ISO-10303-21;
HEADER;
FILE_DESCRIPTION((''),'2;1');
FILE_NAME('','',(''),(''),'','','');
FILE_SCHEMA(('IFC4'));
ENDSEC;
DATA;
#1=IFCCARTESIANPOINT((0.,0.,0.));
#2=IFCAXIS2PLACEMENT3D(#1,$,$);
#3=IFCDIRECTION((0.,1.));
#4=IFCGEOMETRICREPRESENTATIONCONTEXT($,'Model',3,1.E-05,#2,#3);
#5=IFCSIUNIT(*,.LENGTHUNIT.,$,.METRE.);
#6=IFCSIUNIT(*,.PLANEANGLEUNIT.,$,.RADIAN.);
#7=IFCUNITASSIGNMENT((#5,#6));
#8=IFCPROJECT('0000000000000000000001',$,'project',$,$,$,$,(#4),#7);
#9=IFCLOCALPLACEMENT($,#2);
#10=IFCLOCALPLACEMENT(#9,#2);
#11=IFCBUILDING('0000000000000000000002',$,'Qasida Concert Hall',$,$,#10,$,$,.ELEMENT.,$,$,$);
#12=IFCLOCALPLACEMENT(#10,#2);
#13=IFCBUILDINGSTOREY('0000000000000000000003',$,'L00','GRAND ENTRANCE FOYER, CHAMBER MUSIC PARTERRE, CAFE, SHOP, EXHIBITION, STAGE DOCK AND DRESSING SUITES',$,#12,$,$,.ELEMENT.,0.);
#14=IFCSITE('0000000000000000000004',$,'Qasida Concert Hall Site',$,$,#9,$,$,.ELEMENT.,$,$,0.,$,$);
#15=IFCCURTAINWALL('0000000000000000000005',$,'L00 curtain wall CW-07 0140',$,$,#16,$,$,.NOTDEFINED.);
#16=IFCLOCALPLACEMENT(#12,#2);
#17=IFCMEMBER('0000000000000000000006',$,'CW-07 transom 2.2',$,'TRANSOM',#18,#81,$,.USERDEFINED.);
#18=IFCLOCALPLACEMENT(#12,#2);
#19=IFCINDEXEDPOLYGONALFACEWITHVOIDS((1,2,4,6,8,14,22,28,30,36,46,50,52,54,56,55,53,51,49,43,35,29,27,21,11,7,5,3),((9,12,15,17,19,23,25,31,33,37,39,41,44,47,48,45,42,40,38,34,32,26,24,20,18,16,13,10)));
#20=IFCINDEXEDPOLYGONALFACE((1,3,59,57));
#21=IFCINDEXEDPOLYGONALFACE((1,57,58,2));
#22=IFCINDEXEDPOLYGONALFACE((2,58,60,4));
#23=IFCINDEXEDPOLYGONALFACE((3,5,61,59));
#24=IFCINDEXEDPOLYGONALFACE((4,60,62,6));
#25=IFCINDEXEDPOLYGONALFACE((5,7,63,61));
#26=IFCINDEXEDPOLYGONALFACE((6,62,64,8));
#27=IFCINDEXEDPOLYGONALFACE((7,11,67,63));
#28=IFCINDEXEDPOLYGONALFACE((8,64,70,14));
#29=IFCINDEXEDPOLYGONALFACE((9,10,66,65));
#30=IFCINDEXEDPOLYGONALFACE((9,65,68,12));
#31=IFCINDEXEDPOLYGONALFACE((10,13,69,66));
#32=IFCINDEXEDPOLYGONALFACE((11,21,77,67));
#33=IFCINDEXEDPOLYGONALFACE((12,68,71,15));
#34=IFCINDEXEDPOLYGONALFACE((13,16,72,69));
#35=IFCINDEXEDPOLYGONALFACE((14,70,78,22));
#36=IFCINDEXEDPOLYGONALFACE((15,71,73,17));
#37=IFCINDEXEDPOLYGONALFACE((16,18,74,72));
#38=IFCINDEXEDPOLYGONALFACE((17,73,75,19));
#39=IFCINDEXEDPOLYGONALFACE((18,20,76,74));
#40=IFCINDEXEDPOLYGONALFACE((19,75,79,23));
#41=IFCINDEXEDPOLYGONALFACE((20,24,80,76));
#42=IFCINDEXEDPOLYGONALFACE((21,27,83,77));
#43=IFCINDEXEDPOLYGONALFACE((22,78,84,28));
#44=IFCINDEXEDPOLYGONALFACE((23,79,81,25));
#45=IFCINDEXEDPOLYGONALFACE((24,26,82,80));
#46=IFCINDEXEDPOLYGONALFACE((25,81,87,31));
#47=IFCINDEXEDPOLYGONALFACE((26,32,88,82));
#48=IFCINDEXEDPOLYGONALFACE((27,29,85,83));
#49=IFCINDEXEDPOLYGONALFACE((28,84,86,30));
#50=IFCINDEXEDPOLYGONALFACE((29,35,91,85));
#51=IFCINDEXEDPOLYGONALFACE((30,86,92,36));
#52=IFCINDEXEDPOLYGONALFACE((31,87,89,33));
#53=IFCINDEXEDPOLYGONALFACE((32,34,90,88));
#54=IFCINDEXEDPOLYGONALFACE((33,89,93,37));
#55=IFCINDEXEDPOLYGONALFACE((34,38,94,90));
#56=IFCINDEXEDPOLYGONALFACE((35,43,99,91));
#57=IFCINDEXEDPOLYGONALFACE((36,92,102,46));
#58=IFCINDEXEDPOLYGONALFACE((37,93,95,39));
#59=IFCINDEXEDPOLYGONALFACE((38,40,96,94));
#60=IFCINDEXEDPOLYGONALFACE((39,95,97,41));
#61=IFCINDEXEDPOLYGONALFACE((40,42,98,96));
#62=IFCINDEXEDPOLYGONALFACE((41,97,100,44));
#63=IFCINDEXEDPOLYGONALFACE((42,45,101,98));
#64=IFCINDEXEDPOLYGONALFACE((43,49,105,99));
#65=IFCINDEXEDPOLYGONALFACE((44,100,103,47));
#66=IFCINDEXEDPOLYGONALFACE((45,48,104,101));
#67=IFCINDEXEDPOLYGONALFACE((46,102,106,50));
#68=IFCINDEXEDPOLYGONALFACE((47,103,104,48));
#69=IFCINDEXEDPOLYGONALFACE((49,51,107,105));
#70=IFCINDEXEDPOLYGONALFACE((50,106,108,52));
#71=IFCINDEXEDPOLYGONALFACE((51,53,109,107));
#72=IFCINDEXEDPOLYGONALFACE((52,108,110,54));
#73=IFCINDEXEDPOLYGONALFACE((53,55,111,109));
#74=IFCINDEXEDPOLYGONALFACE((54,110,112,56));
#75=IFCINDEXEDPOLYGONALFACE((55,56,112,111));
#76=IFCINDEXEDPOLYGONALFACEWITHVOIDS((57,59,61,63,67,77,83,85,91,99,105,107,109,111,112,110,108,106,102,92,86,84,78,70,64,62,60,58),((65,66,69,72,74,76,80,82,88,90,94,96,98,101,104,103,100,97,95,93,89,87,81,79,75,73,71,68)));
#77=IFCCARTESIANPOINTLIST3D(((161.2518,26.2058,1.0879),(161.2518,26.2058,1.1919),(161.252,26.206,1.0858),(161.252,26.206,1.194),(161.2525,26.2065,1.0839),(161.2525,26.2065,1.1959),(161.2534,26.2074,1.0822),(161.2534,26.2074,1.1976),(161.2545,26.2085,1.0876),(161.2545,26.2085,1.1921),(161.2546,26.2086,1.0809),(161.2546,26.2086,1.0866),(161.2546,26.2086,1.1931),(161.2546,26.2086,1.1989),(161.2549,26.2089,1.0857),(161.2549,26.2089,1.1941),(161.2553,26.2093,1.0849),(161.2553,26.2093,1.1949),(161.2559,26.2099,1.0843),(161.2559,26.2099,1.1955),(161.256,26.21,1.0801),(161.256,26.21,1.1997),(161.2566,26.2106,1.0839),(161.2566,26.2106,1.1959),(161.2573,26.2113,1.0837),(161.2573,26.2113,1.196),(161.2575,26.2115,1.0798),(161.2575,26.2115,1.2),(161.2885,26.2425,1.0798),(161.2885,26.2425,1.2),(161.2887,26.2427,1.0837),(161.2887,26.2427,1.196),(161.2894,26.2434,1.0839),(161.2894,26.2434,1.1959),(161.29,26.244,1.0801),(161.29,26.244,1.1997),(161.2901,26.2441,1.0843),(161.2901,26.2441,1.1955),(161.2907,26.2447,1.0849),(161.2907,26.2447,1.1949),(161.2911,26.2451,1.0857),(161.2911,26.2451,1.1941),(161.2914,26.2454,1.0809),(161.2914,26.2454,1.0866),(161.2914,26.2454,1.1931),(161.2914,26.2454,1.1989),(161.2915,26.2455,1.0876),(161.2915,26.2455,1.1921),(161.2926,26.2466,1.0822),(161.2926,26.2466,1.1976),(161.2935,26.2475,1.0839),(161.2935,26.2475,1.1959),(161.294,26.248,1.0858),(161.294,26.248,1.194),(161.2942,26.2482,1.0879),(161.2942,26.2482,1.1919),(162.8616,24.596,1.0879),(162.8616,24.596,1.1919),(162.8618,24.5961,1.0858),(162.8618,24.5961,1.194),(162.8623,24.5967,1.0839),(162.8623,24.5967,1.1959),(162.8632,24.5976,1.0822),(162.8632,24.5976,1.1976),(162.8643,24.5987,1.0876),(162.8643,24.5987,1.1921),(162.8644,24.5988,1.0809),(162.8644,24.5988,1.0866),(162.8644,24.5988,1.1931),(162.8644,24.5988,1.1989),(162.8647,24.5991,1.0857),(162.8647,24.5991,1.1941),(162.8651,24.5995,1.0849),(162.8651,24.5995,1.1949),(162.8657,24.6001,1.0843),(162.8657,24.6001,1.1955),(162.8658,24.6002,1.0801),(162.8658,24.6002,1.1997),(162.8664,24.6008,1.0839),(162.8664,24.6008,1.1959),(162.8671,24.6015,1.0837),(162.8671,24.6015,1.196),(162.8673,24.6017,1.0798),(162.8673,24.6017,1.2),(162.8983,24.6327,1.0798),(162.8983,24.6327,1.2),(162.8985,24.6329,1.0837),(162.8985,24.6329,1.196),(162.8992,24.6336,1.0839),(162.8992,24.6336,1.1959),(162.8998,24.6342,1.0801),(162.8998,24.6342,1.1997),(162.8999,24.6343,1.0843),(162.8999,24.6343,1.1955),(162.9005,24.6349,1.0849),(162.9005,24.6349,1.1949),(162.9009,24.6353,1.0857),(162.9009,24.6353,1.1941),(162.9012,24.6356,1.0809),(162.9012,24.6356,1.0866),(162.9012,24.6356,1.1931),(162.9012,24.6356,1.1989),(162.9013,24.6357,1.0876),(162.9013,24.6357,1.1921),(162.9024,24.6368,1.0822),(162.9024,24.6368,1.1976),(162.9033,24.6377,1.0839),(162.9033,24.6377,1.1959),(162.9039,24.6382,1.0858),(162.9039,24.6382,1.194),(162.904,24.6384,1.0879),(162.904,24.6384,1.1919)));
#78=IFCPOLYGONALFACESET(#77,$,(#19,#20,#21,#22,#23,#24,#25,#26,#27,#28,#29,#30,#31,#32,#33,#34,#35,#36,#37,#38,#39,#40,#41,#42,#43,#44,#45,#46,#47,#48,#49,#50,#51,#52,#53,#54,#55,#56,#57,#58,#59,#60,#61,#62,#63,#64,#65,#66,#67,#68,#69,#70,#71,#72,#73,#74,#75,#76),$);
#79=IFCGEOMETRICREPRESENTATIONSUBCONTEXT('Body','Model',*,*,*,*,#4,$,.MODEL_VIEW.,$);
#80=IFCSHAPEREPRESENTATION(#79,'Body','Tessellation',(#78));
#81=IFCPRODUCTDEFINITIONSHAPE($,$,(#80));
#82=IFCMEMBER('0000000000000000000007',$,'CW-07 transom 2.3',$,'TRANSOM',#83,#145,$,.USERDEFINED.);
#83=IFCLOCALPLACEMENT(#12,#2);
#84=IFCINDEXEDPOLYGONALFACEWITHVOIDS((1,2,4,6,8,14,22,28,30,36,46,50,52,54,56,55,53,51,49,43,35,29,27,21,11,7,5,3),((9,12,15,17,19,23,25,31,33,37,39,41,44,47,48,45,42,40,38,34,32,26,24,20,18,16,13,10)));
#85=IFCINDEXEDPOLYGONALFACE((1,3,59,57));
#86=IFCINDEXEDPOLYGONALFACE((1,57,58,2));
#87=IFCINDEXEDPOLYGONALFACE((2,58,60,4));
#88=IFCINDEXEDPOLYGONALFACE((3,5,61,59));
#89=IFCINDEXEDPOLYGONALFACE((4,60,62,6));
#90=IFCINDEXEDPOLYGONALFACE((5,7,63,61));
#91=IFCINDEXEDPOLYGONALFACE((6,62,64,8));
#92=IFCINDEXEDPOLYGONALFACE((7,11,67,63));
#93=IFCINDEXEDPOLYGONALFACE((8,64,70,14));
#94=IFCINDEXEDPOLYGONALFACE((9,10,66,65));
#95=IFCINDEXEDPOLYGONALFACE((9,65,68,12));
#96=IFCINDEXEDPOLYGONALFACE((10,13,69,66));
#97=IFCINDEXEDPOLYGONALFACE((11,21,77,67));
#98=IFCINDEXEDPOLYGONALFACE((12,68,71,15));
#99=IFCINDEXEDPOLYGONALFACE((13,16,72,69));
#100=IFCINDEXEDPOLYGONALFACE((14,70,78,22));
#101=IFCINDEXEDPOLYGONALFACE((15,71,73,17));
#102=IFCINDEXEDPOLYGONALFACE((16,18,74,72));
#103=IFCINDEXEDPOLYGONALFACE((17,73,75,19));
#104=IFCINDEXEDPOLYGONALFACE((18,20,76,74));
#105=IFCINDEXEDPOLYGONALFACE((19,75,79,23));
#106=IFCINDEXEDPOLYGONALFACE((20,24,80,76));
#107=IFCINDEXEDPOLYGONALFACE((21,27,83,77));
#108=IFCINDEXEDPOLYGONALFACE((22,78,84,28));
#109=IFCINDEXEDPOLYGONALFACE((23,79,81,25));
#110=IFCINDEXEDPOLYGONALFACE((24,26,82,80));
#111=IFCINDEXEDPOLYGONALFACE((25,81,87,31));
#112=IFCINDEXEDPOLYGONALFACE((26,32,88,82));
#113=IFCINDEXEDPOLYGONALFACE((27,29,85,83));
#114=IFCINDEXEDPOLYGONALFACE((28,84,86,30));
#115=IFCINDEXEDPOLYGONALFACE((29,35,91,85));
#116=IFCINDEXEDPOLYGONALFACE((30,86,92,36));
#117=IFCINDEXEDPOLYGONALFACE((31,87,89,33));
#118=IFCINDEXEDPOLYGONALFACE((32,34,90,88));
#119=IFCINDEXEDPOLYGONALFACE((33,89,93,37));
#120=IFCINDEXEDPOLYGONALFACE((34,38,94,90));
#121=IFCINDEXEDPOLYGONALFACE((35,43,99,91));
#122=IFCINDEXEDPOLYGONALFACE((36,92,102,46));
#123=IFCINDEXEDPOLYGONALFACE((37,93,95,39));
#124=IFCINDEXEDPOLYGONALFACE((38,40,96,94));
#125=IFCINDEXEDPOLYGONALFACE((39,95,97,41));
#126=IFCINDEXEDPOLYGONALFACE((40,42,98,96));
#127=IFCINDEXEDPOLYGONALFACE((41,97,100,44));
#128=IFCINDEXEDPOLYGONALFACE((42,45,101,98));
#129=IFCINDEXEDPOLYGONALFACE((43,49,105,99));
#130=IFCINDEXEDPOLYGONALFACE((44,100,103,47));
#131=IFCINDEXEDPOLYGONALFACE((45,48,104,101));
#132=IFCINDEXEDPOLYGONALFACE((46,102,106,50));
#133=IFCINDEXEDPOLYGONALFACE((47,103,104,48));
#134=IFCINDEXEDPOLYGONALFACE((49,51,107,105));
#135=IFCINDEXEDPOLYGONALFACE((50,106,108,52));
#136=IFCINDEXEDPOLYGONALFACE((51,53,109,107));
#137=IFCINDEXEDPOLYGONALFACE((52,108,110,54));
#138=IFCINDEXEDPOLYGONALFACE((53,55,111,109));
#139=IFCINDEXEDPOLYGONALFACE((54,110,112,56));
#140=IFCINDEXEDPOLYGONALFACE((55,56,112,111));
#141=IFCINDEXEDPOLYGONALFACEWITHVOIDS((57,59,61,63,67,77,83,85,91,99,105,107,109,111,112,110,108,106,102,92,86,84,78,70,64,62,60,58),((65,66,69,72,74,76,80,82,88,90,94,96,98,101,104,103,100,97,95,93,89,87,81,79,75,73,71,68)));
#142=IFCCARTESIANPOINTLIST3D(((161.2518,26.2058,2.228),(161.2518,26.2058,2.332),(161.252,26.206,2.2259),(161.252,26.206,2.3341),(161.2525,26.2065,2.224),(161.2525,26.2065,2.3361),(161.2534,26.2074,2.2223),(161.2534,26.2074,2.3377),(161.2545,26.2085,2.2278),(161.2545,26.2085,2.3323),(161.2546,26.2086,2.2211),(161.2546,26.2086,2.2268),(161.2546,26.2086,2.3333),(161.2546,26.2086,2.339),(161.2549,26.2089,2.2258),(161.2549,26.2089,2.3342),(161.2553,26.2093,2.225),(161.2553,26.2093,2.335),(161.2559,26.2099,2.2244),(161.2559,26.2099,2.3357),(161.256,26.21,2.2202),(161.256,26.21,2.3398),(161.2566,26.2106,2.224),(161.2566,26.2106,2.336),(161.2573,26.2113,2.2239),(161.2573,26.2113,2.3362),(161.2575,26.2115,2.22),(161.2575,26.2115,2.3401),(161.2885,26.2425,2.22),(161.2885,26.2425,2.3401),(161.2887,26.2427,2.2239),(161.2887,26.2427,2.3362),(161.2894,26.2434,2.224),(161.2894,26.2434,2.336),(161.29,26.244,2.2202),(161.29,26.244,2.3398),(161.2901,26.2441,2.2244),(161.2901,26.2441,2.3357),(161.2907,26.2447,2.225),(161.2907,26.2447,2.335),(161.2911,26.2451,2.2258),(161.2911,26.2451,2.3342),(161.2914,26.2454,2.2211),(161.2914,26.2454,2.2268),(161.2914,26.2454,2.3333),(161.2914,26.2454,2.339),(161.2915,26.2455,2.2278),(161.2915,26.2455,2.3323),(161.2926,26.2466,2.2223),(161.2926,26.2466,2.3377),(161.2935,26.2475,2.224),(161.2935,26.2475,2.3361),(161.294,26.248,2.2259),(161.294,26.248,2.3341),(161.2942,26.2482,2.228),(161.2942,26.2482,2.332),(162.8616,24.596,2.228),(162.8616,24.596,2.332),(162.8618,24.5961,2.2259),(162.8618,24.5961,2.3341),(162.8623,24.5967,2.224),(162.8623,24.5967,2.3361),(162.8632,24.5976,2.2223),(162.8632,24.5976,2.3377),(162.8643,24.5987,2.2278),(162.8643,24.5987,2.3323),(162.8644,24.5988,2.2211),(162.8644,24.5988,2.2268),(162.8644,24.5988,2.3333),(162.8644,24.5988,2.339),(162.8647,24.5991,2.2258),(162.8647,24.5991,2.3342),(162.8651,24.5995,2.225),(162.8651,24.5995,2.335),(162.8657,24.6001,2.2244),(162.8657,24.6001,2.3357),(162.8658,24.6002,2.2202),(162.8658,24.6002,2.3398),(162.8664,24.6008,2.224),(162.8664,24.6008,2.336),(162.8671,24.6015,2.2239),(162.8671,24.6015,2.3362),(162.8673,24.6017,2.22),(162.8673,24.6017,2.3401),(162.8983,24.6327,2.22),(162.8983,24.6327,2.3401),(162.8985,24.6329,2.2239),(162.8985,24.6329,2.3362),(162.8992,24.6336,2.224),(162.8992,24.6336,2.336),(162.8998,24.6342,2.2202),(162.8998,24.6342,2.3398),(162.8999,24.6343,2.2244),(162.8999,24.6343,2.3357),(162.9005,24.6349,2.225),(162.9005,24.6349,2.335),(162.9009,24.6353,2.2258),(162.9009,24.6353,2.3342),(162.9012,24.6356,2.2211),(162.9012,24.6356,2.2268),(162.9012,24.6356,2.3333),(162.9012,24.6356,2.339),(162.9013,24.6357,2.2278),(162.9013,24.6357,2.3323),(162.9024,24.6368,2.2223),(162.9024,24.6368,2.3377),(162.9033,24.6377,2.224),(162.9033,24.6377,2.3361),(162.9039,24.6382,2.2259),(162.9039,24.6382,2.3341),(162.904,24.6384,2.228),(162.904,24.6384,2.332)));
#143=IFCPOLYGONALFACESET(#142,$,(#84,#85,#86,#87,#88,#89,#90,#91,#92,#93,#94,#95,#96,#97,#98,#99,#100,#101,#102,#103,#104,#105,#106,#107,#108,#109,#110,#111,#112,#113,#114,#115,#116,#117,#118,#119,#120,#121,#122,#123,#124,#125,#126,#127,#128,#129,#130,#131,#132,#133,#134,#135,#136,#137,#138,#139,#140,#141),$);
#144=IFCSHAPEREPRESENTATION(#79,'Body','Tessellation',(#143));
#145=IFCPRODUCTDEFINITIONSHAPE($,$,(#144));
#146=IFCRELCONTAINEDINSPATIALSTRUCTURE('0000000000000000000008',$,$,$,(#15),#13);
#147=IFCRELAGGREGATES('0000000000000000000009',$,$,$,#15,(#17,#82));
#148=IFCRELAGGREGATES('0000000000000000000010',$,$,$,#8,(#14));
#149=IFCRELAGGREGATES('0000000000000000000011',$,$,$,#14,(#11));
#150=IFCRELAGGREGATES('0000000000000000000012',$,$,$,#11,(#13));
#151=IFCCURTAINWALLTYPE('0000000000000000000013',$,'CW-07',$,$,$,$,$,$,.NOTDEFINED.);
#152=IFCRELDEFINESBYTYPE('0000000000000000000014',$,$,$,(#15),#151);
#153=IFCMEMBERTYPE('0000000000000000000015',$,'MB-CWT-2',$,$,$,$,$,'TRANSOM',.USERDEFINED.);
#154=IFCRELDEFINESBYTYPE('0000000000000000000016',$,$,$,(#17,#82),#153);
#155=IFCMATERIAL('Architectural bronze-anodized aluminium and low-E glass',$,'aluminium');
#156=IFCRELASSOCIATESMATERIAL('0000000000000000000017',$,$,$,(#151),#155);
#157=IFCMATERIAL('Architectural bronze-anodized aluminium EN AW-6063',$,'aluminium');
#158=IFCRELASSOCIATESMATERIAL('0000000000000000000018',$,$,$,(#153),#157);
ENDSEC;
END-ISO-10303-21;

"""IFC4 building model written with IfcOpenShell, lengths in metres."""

from ifc_helpers import new_model, si_unit, direction, frame, origin, origin_2d, place, context, subcontext, project, spatial, hollow_rectangle, extrude, material, material_profile, profile_set, type_object, element, aggregate, save


model = new_model("IFC4")

# Units and contexts
model_context = context("Model", 3, precision=1e-05, world=origin(), true_north=direction((0.0, 1.0)))
body_context = subcontext(model_context, "Body", "Model", "MODEL_VIEW")
ifc_project = project(units=[si_unit("LENGTHUNIT", "METRE"), si_unit("PLANEANGLEUNIT", "RADIAN")], contexts=[model_context])

# Site, building, storey
site_placement = place(None, origin())
site = spatial("IfcSite", under=ifc_project, at=site_placement, Name="Qasida Concert Hall Site", CompositionType="ELEMENT", RefElevation=0.0)
building_placement = place(site_placement, origin())
building = spatial("IfcBuilding", under=site, at=building_placement, Name="Qasida Concert Hall", CompositionType="ELEMENT")
storey_placement = place(building_placement, origin())
storey = spatial("IfcBuildingStorey", under=building, at=storey_placement, Name="L00", Description="GRAND ENTRANCE FOYER, CHAMBER MUSIC PARTERRE, CAFE, SHOP, EXHIBITION, STAGE DOCK AND DRESSING SUITES", CompositionType="ELEMENT", Elevation=0.0)

# Curtain wall, members
ifc_material_1 = material(Name="Architectural bronze-anodized aluminium and low-E glass", Category="aluminium")
curtain_wall_type = type_object("IfcCurtainWallType", Name="CW-07", PredefinedType="NOTDEFINED", material=ifc_material_1)
curtain_wall_placement = place(storey_placement, origin())
curtain_wall = element("IfcCurtainWall", 1, at=curtain_wall_placement, inside=storey, type_object=curtain_wall_type, Name="L00 curtain wall CW-07 0140", PredefinedType="NOTDEFINED")
ifc_material_2 = material(Name="Architectural bronze-anodized aluminium EN AW-6063", Category="aluminium")
ifc_material_profile_1 = material_profile(ifc_material_2, hollow_rectangle(XDim=0.0601, YDim=0.1201, WallThickness=0.0039, InnerFilletRadius=0.0039, OuterFilletRadius=0.0081, at=origin_2d()), Name="CWT 120x60x4")
ifc_profile_set_1 = profile_set([ifc_material_profile_1], Name="Architectural bronze-anodized aluminium EN AW-6063")
member_type_1 = type_object("IfcMemberType", Name="MB-CWT-2", ElementType="TRANSOM", PredefinedType="USERDEFINED", material=ifc_profile_set_1)
member_1_placement = place(storey_placement, frame((162.8828, 24.6172, 1.1399), z_axis=(-0.707107, 0.707107, 0.0), x_axis=(-0.707107, -0.707107, 0.0)))
member_1 = element("IfcMember", 2, at=member_1_placement, type_object=member_type_1, Name="CW-07 transom 2.2", ObjectType="TRANSOM", PredefinedType="USERDEFINED", context=body_context, shape_type="SweptSolid", body=[
    extrude(hollow_rectangle(XDim=0.0601, YDim=0.1201, WallThickness=0.0039, InnerFilletRadius=0.0039, OuterFilletRadius=0.0081, at=origin_2d()), origin(), (0.0, 0.0, 1.0), 2.2766),
])
member_2_placement = place(storey_placement, frame((162.8828, 24.6172, 2.28), z_axis=(-0.707107, 0.707107, 0.0), x_axis=(-0.707107, -0.707107, 0.0)))
member_2 = element("IfcMember", 3, at=member_2_placement, type_object=member_type_1, Name="CW-07 transom 2.3", ObjectType="TRANSOM", PredefinedType="USERDEFINED", context=body_context, shape_type="SweptSolid", body=[
    extrude(hollow_rectangle(XDim=0.0601, YDim=0.1201, WallThickness=0.0039, InnerFilletRadius=0.0039, OuterFilletRadius=0.0081, at=origin_2d()), origin(), (0.0, 0.0, 1.0), 2.2766),
])
aggregate(curtain_wall, [member_1, member_2])

save(model, "model.ifc")
